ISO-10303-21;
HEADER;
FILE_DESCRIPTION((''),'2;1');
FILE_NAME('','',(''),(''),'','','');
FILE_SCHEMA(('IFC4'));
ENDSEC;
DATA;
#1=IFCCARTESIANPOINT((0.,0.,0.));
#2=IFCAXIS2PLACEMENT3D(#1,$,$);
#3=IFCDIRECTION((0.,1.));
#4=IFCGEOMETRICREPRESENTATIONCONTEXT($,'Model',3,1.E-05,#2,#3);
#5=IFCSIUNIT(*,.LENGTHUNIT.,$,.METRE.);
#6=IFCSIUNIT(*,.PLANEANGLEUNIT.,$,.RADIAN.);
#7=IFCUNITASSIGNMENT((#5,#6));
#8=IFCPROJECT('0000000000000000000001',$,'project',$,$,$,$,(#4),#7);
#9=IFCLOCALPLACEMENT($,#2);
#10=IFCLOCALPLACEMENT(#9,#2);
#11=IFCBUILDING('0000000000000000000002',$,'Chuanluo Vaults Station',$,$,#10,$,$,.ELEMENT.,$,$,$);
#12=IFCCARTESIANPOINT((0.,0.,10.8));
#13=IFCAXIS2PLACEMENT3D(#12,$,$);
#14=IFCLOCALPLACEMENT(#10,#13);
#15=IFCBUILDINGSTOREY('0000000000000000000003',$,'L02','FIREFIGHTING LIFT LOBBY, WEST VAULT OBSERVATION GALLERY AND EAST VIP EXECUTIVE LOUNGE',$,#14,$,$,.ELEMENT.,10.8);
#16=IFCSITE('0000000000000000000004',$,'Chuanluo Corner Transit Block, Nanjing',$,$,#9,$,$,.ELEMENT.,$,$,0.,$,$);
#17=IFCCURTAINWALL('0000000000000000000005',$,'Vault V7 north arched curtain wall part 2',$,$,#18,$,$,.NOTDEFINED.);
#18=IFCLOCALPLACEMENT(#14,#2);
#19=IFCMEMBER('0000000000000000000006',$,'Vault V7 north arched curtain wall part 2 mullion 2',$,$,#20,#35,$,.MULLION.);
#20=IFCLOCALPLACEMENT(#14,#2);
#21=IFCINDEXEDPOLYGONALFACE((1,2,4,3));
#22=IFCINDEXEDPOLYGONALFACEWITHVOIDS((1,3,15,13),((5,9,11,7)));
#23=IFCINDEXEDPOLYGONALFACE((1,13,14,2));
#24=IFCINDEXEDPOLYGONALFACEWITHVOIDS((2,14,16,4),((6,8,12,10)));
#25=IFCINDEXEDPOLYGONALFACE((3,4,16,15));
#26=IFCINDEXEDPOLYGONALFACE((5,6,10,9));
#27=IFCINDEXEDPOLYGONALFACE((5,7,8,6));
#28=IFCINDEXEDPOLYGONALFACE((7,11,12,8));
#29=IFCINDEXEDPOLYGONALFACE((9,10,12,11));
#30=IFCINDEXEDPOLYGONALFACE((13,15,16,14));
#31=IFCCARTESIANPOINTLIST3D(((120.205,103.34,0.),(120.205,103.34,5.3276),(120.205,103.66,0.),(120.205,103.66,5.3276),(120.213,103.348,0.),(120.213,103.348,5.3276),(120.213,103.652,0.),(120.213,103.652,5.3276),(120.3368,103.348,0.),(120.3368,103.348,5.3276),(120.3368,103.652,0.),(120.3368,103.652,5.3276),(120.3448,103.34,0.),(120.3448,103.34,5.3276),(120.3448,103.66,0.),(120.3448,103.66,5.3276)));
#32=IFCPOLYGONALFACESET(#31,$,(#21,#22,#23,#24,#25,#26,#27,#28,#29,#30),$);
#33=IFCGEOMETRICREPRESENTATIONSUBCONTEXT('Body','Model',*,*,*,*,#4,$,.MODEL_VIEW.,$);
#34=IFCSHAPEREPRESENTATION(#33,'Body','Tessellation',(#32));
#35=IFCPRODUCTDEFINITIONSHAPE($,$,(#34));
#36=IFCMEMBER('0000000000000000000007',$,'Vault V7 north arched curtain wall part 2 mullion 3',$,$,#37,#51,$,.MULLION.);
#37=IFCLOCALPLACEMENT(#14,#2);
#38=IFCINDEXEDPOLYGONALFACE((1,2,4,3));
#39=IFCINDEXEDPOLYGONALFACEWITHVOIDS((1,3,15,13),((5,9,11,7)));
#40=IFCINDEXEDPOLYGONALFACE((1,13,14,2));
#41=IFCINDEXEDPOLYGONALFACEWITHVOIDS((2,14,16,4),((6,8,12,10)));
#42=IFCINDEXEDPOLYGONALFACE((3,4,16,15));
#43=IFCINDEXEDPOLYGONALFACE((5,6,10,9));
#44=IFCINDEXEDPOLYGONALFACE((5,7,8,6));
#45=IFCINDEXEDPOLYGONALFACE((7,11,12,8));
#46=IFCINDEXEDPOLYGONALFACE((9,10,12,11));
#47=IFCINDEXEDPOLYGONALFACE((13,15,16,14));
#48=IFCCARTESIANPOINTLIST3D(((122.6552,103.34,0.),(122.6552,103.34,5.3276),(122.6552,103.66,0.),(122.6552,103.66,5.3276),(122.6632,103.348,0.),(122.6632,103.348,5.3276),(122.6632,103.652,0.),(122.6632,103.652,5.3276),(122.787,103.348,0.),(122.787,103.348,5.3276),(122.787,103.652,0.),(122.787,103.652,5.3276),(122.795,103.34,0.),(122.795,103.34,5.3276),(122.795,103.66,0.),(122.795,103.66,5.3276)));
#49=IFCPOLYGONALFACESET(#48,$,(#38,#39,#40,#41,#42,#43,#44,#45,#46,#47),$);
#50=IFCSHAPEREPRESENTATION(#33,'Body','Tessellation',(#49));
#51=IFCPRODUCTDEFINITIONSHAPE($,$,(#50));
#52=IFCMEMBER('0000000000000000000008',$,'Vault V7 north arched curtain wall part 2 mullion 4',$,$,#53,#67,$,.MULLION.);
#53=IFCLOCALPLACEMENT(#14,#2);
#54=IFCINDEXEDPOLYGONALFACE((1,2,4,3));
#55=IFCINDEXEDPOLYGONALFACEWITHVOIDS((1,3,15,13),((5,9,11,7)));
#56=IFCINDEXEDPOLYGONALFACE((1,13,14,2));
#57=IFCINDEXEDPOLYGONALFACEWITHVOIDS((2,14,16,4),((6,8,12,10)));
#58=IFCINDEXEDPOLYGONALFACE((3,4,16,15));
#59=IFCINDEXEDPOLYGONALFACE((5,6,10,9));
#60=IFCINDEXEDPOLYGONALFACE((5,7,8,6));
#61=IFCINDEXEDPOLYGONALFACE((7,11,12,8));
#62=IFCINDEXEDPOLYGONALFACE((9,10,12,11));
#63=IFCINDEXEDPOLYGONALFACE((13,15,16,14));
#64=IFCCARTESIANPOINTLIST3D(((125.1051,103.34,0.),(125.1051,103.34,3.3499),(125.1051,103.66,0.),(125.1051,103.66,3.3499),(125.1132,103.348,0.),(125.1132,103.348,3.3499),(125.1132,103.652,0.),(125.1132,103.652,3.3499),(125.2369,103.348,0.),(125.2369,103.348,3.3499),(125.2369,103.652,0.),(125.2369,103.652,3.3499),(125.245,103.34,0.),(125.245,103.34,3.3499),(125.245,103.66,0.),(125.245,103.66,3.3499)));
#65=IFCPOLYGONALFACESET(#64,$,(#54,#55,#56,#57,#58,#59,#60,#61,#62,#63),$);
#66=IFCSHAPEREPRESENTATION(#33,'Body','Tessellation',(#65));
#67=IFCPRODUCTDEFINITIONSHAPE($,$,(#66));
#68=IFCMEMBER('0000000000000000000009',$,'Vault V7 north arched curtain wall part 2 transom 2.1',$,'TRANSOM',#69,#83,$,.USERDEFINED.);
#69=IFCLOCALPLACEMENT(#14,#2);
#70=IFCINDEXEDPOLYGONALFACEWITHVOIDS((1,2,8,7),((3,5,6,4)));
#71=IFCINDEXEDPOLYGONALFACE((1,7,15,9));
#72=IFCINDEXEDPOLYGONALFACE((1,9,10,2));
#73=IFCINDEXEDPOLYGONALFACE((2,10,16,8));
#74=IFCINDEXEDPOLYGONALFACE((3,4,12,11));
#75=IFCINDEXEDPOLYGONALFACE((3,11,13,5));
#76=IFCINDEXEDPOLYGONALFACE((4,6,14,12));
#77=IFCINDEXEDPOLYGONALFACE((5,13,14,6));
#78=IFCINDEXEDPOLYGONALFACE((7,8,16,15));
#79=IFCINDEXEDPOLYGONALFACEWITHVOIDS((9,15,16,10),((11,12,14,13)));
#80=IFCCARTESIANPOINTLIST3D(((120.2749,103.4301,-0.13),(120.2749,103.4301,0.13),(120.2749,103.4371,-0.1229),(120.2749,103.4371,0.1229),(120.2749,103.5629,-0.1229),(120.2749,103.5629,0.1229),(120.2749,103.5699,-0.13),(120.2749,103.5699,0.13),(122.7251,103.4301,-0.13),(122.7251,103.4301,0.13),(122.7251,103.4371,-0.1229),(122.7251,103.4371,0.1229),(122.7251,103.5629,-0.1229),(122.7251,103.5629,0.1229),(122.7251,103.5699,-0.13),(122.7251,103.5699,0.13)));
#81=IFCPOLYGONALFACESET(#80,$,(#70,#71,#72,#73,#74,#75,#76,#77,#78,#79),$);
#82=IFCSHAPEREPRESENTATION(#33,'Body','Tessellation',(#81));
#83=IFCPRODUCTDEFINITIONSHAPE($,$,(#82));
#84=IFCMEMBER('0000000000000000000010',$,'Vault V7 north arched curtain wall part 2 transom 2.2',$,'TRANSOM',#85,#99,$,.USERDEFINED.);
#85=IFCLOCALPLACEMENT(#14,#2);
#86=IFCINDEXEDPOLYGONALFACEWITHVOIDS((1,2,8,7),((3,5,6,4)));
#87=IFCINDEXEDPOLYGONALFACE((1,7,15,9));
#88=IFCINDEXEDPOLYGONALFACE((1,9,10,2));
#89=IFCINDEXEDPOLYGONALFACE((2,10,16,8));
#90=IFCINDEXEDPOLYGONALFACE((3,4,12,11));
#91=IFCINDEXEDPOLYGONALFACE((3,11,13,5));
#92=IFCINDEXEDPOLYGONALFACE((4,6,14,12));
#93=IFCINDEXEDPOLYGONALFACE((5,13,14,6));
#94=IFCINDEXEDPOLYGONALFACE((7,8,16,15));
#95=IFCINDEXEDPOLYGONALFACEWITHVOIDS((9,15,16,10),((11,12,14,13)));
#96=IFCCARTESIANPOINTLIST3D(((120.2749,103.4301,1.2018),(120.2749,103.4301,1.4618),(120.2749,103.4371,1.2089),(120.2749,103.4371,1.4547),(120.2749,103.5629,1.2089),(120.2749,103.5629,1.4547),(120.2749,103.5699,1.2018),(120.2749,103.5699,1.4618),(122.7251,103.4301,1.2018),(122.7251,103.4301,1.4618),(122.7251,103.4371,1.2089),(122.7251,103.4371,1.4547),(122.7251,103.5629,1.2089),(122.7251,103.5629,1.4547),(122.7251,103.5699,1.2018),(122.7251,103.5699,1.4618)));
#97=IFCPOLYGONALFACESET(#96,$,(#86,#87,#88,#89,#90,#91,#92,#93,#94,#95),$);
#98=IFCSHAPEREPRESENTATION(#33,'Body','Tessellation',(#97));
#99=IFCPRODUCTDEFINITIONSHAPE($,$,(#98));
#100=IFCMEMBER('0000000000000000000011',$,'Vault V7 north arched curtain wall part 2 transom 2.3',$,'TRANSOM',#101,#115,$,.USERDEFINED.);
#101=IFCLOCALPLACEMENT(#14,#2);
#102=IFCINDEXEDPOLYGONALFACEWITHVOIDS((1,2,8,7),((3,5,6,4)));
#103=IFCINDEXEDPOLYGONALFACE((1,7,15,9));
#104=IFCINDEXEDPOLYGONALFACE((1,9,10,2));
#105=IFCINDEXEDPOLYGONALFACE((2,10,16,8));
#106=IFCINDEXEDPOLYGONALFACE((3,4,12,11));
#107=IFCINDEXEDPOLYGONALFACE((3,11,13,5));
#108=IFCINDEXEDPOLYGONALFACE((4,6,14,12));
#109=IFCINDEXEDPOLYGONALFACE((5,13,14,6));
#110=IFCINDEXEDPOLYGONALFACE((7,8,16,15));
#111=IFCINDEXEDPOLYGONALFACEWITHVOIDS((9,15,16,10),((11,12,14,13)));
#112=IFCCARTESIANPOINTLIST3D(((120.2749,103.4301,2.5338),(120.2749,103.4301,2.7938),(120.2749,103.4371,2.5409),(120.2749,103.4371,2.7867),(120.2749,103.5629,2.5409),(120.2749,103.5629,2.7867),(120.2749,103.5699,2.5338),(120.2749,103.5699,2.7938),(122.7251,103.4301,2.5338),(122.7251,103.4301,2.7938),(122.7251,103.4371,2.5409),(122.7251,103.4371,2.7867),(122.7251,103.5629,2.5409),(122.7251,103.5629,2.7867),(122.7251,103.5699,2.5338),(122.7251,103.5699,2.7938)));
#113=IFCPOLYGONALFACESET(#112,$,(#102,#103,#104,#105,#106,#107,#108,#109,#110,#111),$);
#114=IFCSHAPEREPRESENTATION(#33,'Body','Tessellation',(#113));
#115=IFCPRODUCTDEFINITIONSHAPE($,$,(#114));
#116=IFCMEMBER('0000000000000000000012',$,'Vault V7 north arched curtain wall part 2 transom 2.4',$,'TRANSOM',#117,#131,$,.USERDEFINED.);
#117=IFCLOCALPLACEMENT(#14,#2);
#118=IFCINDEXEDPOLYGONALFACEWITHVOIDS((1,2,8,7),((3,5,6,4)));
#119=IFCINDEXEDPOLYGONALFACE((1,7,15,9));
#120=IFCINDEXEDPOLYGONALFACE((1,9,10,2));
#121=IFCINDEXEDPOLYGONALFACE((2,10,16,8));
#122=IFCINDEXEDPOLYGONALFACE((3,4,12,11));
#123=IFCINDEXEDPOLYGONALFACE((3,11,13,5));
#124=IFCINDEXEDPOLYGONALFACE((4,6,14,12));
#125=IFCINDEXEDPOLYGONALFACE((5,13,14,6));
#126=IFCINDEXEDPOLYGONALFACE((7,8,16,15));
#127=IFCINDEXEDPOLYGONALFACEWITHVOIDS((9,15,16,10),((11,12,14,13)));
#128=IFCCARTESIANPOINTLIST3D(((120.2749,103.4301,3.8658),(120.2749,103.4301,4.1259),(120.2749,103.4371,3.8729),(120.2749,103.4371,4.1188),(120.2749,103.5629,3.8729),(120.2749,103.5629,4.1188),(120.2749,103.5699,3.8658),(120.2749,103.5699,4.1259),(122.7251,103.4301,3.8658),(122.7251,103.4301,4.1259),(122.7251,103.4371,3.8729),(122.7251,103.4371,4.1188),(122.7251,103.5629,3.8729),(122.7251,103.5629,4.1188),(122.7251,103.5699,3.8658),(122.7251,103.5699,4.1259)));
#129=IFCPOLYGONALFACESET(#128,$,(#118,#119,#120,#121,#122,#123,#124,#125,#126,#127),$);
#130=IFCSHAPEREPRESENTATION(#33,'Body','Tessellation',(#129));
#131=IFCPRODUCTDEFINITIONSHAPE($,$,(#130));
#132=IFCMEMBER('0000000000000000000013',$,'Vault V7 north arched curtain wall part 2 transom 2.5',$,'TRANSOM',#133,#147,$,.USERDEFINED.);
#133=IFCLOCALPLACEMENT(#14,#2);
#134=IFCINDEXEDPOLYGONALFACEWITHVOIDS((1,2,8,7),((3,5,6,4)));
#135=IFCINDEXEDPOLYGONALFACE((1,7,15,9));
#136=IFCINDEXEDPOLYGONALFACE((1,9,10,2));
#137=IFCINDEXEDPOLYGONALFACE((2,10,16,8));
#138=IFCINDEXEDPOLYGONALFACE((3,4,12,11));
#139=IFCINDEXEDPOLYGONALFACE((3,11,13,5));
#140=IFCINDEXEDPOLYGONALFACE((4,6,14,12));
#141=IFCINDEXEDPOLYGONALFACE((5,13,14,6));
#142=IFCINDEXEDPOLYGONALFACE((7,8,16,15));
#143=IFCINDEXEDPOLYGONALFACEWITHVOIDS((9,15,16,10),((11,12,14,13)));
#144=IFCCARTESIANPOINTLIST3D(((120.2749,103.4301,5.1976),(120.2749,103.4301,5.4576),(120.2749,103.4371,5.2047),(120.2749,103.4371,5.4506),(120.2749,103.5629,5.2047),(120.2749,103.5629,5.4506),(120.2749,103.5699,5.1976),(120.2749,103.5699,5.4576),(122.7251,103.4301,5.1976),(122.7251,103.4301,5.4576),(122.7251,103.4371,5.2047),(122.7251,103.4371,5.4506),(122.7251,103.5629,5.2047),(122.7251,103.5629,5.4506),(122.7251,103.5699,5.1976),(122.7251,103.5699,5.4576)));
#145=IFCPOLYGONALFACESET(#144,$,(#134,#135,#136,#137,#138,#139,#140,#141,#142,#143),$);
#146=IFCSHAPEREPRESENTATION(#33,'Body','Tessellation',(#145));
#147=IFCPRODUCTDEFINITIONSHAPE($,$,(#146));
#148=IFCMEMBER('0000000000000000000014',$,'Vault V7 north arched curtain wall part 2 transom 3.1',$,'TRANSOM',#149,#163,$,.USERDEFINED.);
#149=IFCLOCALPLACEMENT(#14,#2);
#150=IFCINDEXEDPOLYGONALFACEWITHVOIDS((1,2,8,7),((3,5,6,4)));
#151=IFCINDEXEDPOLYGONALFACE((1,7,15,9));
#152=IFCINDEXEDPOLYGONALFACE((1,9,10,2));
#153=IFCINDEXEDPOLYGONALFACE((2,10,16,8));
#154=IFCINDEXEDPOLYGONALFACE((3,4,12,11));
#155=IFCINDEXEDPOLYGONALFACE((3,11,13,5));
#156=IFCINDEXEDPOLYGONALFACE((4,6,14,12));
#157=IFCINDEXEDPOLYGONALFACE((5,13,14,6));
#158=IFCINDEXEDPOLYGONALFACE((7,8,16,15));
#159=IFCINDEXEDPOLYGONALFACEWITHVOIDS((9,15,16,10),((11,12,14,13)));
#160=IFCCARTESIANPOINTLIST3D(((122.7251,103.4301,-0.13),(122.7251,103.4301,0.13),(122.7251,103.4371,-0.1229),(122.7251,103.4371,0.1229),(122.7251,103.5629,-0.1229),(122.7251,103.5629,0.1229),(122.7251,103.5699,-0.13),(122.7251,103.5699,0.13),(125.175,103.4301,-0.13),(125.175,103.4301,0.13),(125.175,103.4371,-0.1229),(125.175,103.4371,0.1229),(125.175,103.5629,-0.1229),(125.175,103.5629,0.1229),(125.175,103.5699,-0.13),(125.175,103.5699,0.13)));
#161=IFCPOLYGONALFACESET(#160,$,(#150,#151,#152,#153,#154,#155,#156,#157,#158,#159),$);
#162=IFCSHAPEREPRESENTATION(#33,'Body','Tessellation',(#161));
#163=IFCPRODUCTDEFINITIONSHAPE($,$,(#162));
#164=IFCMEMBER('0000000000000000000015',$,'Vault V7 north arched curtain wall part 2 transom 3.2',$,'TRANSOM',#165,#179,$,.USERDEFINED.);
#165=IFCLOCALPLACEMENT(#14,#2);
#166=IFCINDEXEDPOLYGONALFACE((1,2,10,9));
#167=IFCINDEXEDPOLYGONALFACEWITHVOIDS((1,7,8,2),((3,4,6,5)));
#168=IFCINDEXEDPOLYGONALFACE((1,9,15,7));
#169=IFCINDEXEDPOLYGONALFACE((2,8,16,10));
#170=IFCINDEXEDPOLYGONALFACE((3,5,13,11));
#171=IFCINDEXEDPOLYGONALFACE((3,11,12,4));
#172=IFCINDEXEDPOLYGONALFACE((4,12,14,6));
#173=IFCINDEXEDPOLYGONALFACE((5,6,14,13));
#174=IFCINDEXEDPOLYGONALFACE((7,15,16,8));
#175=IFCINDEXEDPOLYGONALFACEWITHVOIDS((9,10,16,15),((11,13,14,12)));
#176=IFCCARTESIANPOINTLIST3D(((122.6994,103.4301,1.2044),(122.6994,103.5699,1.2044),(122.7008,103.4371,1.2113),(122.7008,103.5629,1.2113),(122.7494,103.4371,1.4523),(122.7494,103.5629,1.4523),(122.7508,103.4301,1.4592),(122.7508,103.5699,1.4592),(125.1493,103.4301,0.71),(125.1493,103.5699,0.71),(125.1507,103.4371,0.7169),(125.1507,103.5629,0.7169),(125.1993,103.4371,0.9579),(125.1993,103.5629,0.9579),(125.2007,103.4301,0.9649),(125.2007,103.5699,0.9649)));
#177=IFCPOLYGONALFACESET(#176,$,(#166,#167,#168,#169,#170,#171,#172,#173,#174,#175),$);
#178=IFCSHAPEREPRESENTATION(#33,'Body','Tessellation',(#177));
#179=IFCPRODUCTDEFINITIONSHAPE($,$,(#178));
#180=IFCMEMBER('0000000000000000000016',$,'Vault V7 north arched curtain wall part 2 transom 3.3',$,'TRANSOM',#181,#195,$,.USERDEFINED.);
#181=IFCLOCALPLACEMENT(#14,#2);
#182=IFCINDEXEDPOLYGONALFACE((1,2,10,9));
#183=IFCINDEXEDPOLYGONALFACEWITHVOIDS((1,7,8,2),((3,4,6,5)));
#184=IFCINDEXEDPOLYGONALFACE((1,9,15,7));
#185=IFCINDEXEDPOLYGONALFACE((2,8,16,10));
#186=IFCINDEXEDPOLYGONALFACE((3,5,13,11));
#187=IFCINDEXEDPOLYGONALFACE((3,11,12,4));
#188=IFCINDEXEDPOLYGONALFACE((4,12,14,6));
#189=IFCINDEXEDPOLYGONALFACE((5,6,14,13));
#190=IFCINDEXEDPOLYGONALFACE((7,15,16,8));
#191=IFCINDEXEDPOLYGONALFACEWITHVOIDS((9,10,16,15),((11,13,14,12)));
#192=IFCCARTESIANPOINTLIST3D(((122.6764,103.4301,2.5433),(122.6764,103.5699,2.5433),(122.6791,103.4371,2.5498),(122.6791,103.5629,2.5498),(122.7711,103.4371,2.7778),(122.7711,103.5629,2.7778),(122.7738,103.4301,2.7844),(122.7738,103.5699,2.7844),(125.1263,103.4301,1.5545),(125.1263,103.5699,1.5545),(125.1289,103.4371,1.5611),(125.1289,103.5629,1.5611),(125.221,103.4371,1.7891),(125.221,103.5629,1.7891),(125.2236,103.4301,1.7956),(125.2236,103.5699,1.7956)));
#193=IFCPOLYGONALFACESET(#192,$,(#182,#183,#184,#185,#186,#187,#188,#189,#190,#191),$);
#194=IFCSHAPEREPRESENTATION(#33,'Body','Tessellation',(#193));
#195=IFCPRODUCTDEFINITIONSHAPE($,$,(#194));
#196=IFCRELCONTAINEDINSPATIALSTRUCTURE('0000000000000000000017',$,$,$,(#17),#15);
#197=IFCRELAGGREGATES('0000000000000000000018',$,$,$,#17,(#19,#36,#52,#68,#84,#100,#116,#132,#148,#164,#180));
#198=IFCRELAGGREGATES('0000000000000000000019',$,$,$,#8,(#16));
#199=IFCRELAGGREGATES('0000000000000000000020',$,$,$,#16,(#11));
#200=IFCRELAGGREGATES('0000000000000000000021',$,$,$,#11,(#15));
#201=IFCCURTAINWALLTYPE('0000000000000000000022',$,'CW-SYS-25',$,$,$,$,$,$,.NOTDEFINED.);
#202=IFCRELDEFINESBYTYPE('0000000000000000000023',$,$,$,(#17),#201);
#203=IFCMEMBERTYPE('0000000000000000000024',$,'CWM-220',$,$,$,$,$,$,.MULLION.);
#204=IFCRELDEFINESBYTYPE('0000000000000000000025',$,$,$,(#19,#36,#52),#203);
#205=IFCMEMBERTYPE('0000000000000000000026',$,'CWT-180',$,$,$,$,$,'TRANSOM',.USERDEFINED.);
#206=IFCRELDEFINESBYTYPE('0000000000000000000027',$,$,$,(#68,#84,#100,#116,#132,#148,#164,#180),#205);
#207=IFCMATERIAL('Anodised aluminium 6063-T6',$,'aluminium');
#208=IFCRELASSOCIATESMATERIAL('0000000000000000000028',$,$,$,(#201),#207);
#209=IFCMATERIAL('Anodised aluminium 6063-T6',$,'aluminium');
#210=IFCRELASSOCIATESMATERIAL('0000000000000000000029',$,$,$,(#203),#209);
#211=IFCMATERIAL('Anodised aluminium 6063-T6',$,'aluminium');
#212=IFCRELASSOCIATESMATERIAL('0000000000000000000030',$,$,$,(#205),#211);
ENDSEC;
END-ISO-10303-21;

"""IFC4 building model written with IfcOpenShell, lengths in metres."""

from ifc_helpers import new_model, si_unit, direction, frame, origin, origin_2d, place, context, subcontext, project, spatial, hollow_rectangle, extrude, material, material_profile, profile_set, type_object, element, aggregate, save


model = new_model("IFC4")

# Units and contexts
model_context = context("Model", 3, precision=1e-05, world=origin(), true_north=direction((0.0, 1.0)))
body_context = subcontext(model_context, "Body", "Model", "MODEL_VIEW")
ifc_project = project(units=[si_unit("LENGTHUNIT", "METRE"), si_unit("PLANEANGLEUNIT", "RADIAN")], contexts=[model_context])

# Site, building, storey
site_placement = place(None, origin())
site = spatial("IfcSite", under=ifc_project, at=site_placement, Name="Chuanluo Corner Transit Block, Nanjing", CompositionType="ELEMENT", RefElevation=0.0)
building_placement = place(site_placement, origin())
building = spatial("IfcBuilding", under=site, at=building_placement, Name="Chuanluo Vaults Station", CompositionType="ELEMENT")
storey_placement = place(building_placement, frame((0.0, 0.0, 10.8)))
storey = spatial("IfcBuildingStorey", under=building, at=storey_placement, Name="L02", Description="FIREFIGHTING LIFT LOBBY, WEST VAULT OBSERVATION GALLERY AND EAST VIP EXECUTIVE LOUNGE", CompositionType="ELEMENT", Elevation=10.8)

# Curtain wall, members
ifc_material_1 = material(Name="Anodised aluminium 6063-T6", Category="aluminium")
curtain_wall_type = type_object("IfcCurtainWallType", Name="CW-SYS-25", PredefinedType="NOTDEFINED", material=ifc_material_1)
curtain_wall_placement = place(storey_placement, origin())
curtain_wall = element("IfcCurtainWall", 1, at=curtain_wall_placement, inside=storey, type_object=curtain_wall_type, Name="Vault V7 north arched curtain wall part 2", PredefinedType="NOTDEFINED")
ifc_material_2 = material(Name="Anodised aluminium 6063-T6", Category="aluminium")
ifc_material_profile_1 = material_profile(ifc_material_2, hollow_rectangle(XDim=0.1399, YDim=0.3201, WallThickness=0.0081, at=origin_2d()))
ifc_profile_set_1 = profile_set([ifc_material_profile_1], Name="Anodised aluminium 6063-T6")
member_type_1 = type_object("IfcMemberType", Name="CWM-220", PredefinedType="MULLION", material=ifc_profile_set_1)
member_1_placement = place(storey_placement, frame((120.2749, 103.5, 0.0), z_axis=(0.0, 0.0, 1.0), x_axis=(1.0, 0.0, 0.0)))
member_1 = element("IfcMember", 2, at=member_1_placement, type_object=member_type_1, Name="Vault V7 north arched curtain wall part 2 mullion 2", PredefinedType="MULLION", context=body_context, shape_type="SweptSolid", body=[
    extrude(hollow_rectangle(XDim=0.1399, YDim=0.3201, WallThickness=0.0081, at=origin_2d()), origin(), (0.0, 0.0, 1.0), 5.3276),
])
member_2_placement = place(storey_placement, frame((122.7251, 103.5, 0.0), z_axis=(0.0, 0.0, 1.0), x_axis=(1.0, 0.0, 0.0)))
member_2 = element("IfcMember", 3, at=member_2_placement, type_object=member_type_1, Name="Vault V7 north arched curtain wall part 2 mullion 3", PredefinedType="MULLION", context=body_context, shape_type="SweptSolid", body=[
    extrude(hollow_rectangle(XDim=0.1399, YDim=0.3201, WallThickness=0.0081, at=origin_2d()), origin(), (0.0, 0.0, 1.0), 5.3276),
])
member_3_placement = place(storey_placement, frame((125.175, 103.5, 0.0), z_axis=(0.0, 0.0, 1.0), x_axis=(1.0, 0.0, 0.0)))
member_3 = element("IfcMember", 4, at=member_3_placement, type_object=member_type_1, Name="Vault V7 north arched curtain wall part 2 mullion 4", PredefinedType="MULLION", context=body_context, shape_type="SweptSolid", body=[
    extrude(hollow_rectangle(XDim=0.1399, YDim=0.3201, WallThickness=0.0081, at=origin_2d()), origin(), (0.0, 0.0, 1.0), 3.3499),
])
ifc_material_3 = material(Name="Anodised aluminium 6063-T6", Category="aluminium")
ifc_material_profile_2 = material_profile(ifc_material_3, hollow_rectangle(XDim=0.1399, YDim=0.26, WallThickness=0.0071, at=origin_2d()))
ifc_profile_set_2 = profile_set([ifc_material_profile_2], Name="Anodised aluminium 6063-T6")
member_type_2 = type_object("IfcMemberType", Name="CWT-180", ElementType="TRANSOM", PredefinedType="USERDEFINED", material=ifc_profile_set_2)
member_4_placement = place(storey_placement, frame((120.2749, 103.5, 0.0), z_axis=(1.0, 0.0, 0.0), x_axis=(0.0, 1.0, 0.0)))
member_4 = element("IfcMember", 5, at=member_4_placement, type_object=member_type_2, Name="Vault V7 north arched curtain wall part 2 transom 2.1", ObjectType="TRANSOM", PredefinedType="USERDEFINED", context=body_context, shape_type="SweptSolid", body=[
    extrude(hollow_rectangle(XDim=0.1399, YDim=0.26, WallThickness=0.0071, at=origin_2d()), origin(), (0.0, 0.0, 1.0), 2.4502),
])
member_5_placement = place(storey_placement, frame((120.2749, 103.5, 1.3318), z_axis=(1.0, 0.0, 0.0), x_axis=(0.0, 1.0, 0.0)))
member_5 = element("IfcMember", 6, at=member_5_placement, type_object=member_type_2, Name="Vault V7 north arched curtain wall part 2 transom 2.2", ObjectType="TRANSOM", PredefinedType="USERDEFINED", context=body_context, shape_type="SweptSolid", body=[
    extrude(hollow_rectangle(XDim=0.1399, YDim=0.26, WallThickness=0.0071, at=origin_2d()), origin(), (0.0, 0.0, 1.0), 2.4502),
])
member_6_placement = place(storey_placement, frame((120.2749, 103.5, 2.6638), z_axis=(1.0, 0.0, 0.0), x_axis=(0.0, 1.0, 0.0)))
member_6 = element("IfcMember", 7, at=member_6_placement, type_object=member_type_2, Name="Vault V7 north arched curtain wall part 2 transom 2.3", ObjectType="TRANSOM", PredefinedType="USERDEFINED", context=body_context, shape_type="SweptSolid", body=[
    extrude(hollow_rectangle(XDim=0.1399, YDim=0.26, WallThickness=0.0071, at=origin_2d()), origin(), (0.0, 0.0, 1.0), 2.4502),
])
member_7_placement = place(storey_placement, frame((120.2749, 103.5, 3.9958), z_axis=(1.0, 0.0, 0.0), x_axis=(0.0, 1.0, 0.0)))
member_7 = element("IfcMember", 8, at=member_7_placement, type_object=member_type_2, Name="Vault V7 north arched curtain wall part 2 transom 2.4", ObjectType="TRANSOM", PredefinedType="USERDEFINED", context=body_context, shape_type="SweptSolid", body=[
    extrude(hollow_rectangle(XDim=0.1399, YDim=0.26, WallThickness=0.0071, at=origin_2d()), origin(), (0.0, 0.0, 1.0), 2.4502),
])
member_8_placement = place(storey_placement, frame((120.2749, 103.5, 5.3276), z_axis=(1.0, 0.0, 0.0), x_axis=(0.0, 1.0, 0.0)))
member_8 = element("IfcMember", 9, at=member_8_placement, type_object=member_type_2, Name="Vault V7 north arched curtain wall part 2 transom 2.5", ObjectType="TRANSOM", PredefinedType="USERDEFINED", context=body_context, shape_type="SweptSolid", body=[
    extrude(hollow_rectangle(XDim=0.1399, YDim=0.26, WallThickness=0.0071, at=origin_2d()), origin(), (0.0, 0.0, 1.0), 2.4502),
])
member_9_placement = place(storey_placement, frame((122.7251, 103.5, 0.0), z_axis=(1.0, 0.0, 0.0), x_axis=(0.0, 1.0, 0.0)))
member_9 = element("IfcMember", 10, at=member_9_placement, type_object=member_type_2, Name="Vault V7 north arched curtain wall part 2 transom 3.1", ObjectType="TRANSOM", PredefinedType="USERDEFINED", context=body_context, shape_type="SweptSolid", body=[
    extrude(hollow_rectangle(XDim=0.1399, YDim=0.26, WallThickness=0.0071, at=origin_2d()), origin(), (0.0, 0.0, 1.0), 2.45),
])
member_10_placement = place(storey_placement, frame((122.7251, 103.5, 1.3318), z_axis=(0.980241, 0.0, -0.197806), x_axis=(0.0, 1.0, 0.0)))
member_10 = element("IfcMember", 11, at=member_10_placement, type_object=member_type_2, Name="Vault V7 north arched curtain wall part 2 transom 3.2", ObjectType="TRANSOM", PredefinedType="USERDEFINED", context=body_context, shape_type="SweptSolid", body=[
    extrude(hollow_rectangle(XDim=0.1399, YDim=0.26, WallThickness=0.0071, at=origin_2d()), origin(), (0.0, 0.0, 1.0), 2.4993),
])
member_11_placement = place(storey_placement, frame((122.7251, 103.5, 2.6638), z_axis=(0.927325, 0.0, -0.374257), x_axis=(0.0, 1.0, 0.0)))
member_11 = element("IfcMember", 12, at=member_11_placement, type_object=member_type_2, Name="Vault V7 north arched curtain wall part 2 transom 3.3", ObjectType="TRANSOM", PredefinedType="USERDEFINED", context=body_context, shape_type="SweptSolid", body=[
    extrude(hollow_rectangle(XDim=0.1399, YDim=0.26, WallThickness=0.0071, at=origin_2d()), origin(), (0.0, 0.0, 1.0), 2.6418),
])
aggregate(curtain_wall, [member_1, member_2, member_3, member_4, member_5, member_6, member_7, member_8, member_9, member_10, member_11])

save(model, "model.ifc")
